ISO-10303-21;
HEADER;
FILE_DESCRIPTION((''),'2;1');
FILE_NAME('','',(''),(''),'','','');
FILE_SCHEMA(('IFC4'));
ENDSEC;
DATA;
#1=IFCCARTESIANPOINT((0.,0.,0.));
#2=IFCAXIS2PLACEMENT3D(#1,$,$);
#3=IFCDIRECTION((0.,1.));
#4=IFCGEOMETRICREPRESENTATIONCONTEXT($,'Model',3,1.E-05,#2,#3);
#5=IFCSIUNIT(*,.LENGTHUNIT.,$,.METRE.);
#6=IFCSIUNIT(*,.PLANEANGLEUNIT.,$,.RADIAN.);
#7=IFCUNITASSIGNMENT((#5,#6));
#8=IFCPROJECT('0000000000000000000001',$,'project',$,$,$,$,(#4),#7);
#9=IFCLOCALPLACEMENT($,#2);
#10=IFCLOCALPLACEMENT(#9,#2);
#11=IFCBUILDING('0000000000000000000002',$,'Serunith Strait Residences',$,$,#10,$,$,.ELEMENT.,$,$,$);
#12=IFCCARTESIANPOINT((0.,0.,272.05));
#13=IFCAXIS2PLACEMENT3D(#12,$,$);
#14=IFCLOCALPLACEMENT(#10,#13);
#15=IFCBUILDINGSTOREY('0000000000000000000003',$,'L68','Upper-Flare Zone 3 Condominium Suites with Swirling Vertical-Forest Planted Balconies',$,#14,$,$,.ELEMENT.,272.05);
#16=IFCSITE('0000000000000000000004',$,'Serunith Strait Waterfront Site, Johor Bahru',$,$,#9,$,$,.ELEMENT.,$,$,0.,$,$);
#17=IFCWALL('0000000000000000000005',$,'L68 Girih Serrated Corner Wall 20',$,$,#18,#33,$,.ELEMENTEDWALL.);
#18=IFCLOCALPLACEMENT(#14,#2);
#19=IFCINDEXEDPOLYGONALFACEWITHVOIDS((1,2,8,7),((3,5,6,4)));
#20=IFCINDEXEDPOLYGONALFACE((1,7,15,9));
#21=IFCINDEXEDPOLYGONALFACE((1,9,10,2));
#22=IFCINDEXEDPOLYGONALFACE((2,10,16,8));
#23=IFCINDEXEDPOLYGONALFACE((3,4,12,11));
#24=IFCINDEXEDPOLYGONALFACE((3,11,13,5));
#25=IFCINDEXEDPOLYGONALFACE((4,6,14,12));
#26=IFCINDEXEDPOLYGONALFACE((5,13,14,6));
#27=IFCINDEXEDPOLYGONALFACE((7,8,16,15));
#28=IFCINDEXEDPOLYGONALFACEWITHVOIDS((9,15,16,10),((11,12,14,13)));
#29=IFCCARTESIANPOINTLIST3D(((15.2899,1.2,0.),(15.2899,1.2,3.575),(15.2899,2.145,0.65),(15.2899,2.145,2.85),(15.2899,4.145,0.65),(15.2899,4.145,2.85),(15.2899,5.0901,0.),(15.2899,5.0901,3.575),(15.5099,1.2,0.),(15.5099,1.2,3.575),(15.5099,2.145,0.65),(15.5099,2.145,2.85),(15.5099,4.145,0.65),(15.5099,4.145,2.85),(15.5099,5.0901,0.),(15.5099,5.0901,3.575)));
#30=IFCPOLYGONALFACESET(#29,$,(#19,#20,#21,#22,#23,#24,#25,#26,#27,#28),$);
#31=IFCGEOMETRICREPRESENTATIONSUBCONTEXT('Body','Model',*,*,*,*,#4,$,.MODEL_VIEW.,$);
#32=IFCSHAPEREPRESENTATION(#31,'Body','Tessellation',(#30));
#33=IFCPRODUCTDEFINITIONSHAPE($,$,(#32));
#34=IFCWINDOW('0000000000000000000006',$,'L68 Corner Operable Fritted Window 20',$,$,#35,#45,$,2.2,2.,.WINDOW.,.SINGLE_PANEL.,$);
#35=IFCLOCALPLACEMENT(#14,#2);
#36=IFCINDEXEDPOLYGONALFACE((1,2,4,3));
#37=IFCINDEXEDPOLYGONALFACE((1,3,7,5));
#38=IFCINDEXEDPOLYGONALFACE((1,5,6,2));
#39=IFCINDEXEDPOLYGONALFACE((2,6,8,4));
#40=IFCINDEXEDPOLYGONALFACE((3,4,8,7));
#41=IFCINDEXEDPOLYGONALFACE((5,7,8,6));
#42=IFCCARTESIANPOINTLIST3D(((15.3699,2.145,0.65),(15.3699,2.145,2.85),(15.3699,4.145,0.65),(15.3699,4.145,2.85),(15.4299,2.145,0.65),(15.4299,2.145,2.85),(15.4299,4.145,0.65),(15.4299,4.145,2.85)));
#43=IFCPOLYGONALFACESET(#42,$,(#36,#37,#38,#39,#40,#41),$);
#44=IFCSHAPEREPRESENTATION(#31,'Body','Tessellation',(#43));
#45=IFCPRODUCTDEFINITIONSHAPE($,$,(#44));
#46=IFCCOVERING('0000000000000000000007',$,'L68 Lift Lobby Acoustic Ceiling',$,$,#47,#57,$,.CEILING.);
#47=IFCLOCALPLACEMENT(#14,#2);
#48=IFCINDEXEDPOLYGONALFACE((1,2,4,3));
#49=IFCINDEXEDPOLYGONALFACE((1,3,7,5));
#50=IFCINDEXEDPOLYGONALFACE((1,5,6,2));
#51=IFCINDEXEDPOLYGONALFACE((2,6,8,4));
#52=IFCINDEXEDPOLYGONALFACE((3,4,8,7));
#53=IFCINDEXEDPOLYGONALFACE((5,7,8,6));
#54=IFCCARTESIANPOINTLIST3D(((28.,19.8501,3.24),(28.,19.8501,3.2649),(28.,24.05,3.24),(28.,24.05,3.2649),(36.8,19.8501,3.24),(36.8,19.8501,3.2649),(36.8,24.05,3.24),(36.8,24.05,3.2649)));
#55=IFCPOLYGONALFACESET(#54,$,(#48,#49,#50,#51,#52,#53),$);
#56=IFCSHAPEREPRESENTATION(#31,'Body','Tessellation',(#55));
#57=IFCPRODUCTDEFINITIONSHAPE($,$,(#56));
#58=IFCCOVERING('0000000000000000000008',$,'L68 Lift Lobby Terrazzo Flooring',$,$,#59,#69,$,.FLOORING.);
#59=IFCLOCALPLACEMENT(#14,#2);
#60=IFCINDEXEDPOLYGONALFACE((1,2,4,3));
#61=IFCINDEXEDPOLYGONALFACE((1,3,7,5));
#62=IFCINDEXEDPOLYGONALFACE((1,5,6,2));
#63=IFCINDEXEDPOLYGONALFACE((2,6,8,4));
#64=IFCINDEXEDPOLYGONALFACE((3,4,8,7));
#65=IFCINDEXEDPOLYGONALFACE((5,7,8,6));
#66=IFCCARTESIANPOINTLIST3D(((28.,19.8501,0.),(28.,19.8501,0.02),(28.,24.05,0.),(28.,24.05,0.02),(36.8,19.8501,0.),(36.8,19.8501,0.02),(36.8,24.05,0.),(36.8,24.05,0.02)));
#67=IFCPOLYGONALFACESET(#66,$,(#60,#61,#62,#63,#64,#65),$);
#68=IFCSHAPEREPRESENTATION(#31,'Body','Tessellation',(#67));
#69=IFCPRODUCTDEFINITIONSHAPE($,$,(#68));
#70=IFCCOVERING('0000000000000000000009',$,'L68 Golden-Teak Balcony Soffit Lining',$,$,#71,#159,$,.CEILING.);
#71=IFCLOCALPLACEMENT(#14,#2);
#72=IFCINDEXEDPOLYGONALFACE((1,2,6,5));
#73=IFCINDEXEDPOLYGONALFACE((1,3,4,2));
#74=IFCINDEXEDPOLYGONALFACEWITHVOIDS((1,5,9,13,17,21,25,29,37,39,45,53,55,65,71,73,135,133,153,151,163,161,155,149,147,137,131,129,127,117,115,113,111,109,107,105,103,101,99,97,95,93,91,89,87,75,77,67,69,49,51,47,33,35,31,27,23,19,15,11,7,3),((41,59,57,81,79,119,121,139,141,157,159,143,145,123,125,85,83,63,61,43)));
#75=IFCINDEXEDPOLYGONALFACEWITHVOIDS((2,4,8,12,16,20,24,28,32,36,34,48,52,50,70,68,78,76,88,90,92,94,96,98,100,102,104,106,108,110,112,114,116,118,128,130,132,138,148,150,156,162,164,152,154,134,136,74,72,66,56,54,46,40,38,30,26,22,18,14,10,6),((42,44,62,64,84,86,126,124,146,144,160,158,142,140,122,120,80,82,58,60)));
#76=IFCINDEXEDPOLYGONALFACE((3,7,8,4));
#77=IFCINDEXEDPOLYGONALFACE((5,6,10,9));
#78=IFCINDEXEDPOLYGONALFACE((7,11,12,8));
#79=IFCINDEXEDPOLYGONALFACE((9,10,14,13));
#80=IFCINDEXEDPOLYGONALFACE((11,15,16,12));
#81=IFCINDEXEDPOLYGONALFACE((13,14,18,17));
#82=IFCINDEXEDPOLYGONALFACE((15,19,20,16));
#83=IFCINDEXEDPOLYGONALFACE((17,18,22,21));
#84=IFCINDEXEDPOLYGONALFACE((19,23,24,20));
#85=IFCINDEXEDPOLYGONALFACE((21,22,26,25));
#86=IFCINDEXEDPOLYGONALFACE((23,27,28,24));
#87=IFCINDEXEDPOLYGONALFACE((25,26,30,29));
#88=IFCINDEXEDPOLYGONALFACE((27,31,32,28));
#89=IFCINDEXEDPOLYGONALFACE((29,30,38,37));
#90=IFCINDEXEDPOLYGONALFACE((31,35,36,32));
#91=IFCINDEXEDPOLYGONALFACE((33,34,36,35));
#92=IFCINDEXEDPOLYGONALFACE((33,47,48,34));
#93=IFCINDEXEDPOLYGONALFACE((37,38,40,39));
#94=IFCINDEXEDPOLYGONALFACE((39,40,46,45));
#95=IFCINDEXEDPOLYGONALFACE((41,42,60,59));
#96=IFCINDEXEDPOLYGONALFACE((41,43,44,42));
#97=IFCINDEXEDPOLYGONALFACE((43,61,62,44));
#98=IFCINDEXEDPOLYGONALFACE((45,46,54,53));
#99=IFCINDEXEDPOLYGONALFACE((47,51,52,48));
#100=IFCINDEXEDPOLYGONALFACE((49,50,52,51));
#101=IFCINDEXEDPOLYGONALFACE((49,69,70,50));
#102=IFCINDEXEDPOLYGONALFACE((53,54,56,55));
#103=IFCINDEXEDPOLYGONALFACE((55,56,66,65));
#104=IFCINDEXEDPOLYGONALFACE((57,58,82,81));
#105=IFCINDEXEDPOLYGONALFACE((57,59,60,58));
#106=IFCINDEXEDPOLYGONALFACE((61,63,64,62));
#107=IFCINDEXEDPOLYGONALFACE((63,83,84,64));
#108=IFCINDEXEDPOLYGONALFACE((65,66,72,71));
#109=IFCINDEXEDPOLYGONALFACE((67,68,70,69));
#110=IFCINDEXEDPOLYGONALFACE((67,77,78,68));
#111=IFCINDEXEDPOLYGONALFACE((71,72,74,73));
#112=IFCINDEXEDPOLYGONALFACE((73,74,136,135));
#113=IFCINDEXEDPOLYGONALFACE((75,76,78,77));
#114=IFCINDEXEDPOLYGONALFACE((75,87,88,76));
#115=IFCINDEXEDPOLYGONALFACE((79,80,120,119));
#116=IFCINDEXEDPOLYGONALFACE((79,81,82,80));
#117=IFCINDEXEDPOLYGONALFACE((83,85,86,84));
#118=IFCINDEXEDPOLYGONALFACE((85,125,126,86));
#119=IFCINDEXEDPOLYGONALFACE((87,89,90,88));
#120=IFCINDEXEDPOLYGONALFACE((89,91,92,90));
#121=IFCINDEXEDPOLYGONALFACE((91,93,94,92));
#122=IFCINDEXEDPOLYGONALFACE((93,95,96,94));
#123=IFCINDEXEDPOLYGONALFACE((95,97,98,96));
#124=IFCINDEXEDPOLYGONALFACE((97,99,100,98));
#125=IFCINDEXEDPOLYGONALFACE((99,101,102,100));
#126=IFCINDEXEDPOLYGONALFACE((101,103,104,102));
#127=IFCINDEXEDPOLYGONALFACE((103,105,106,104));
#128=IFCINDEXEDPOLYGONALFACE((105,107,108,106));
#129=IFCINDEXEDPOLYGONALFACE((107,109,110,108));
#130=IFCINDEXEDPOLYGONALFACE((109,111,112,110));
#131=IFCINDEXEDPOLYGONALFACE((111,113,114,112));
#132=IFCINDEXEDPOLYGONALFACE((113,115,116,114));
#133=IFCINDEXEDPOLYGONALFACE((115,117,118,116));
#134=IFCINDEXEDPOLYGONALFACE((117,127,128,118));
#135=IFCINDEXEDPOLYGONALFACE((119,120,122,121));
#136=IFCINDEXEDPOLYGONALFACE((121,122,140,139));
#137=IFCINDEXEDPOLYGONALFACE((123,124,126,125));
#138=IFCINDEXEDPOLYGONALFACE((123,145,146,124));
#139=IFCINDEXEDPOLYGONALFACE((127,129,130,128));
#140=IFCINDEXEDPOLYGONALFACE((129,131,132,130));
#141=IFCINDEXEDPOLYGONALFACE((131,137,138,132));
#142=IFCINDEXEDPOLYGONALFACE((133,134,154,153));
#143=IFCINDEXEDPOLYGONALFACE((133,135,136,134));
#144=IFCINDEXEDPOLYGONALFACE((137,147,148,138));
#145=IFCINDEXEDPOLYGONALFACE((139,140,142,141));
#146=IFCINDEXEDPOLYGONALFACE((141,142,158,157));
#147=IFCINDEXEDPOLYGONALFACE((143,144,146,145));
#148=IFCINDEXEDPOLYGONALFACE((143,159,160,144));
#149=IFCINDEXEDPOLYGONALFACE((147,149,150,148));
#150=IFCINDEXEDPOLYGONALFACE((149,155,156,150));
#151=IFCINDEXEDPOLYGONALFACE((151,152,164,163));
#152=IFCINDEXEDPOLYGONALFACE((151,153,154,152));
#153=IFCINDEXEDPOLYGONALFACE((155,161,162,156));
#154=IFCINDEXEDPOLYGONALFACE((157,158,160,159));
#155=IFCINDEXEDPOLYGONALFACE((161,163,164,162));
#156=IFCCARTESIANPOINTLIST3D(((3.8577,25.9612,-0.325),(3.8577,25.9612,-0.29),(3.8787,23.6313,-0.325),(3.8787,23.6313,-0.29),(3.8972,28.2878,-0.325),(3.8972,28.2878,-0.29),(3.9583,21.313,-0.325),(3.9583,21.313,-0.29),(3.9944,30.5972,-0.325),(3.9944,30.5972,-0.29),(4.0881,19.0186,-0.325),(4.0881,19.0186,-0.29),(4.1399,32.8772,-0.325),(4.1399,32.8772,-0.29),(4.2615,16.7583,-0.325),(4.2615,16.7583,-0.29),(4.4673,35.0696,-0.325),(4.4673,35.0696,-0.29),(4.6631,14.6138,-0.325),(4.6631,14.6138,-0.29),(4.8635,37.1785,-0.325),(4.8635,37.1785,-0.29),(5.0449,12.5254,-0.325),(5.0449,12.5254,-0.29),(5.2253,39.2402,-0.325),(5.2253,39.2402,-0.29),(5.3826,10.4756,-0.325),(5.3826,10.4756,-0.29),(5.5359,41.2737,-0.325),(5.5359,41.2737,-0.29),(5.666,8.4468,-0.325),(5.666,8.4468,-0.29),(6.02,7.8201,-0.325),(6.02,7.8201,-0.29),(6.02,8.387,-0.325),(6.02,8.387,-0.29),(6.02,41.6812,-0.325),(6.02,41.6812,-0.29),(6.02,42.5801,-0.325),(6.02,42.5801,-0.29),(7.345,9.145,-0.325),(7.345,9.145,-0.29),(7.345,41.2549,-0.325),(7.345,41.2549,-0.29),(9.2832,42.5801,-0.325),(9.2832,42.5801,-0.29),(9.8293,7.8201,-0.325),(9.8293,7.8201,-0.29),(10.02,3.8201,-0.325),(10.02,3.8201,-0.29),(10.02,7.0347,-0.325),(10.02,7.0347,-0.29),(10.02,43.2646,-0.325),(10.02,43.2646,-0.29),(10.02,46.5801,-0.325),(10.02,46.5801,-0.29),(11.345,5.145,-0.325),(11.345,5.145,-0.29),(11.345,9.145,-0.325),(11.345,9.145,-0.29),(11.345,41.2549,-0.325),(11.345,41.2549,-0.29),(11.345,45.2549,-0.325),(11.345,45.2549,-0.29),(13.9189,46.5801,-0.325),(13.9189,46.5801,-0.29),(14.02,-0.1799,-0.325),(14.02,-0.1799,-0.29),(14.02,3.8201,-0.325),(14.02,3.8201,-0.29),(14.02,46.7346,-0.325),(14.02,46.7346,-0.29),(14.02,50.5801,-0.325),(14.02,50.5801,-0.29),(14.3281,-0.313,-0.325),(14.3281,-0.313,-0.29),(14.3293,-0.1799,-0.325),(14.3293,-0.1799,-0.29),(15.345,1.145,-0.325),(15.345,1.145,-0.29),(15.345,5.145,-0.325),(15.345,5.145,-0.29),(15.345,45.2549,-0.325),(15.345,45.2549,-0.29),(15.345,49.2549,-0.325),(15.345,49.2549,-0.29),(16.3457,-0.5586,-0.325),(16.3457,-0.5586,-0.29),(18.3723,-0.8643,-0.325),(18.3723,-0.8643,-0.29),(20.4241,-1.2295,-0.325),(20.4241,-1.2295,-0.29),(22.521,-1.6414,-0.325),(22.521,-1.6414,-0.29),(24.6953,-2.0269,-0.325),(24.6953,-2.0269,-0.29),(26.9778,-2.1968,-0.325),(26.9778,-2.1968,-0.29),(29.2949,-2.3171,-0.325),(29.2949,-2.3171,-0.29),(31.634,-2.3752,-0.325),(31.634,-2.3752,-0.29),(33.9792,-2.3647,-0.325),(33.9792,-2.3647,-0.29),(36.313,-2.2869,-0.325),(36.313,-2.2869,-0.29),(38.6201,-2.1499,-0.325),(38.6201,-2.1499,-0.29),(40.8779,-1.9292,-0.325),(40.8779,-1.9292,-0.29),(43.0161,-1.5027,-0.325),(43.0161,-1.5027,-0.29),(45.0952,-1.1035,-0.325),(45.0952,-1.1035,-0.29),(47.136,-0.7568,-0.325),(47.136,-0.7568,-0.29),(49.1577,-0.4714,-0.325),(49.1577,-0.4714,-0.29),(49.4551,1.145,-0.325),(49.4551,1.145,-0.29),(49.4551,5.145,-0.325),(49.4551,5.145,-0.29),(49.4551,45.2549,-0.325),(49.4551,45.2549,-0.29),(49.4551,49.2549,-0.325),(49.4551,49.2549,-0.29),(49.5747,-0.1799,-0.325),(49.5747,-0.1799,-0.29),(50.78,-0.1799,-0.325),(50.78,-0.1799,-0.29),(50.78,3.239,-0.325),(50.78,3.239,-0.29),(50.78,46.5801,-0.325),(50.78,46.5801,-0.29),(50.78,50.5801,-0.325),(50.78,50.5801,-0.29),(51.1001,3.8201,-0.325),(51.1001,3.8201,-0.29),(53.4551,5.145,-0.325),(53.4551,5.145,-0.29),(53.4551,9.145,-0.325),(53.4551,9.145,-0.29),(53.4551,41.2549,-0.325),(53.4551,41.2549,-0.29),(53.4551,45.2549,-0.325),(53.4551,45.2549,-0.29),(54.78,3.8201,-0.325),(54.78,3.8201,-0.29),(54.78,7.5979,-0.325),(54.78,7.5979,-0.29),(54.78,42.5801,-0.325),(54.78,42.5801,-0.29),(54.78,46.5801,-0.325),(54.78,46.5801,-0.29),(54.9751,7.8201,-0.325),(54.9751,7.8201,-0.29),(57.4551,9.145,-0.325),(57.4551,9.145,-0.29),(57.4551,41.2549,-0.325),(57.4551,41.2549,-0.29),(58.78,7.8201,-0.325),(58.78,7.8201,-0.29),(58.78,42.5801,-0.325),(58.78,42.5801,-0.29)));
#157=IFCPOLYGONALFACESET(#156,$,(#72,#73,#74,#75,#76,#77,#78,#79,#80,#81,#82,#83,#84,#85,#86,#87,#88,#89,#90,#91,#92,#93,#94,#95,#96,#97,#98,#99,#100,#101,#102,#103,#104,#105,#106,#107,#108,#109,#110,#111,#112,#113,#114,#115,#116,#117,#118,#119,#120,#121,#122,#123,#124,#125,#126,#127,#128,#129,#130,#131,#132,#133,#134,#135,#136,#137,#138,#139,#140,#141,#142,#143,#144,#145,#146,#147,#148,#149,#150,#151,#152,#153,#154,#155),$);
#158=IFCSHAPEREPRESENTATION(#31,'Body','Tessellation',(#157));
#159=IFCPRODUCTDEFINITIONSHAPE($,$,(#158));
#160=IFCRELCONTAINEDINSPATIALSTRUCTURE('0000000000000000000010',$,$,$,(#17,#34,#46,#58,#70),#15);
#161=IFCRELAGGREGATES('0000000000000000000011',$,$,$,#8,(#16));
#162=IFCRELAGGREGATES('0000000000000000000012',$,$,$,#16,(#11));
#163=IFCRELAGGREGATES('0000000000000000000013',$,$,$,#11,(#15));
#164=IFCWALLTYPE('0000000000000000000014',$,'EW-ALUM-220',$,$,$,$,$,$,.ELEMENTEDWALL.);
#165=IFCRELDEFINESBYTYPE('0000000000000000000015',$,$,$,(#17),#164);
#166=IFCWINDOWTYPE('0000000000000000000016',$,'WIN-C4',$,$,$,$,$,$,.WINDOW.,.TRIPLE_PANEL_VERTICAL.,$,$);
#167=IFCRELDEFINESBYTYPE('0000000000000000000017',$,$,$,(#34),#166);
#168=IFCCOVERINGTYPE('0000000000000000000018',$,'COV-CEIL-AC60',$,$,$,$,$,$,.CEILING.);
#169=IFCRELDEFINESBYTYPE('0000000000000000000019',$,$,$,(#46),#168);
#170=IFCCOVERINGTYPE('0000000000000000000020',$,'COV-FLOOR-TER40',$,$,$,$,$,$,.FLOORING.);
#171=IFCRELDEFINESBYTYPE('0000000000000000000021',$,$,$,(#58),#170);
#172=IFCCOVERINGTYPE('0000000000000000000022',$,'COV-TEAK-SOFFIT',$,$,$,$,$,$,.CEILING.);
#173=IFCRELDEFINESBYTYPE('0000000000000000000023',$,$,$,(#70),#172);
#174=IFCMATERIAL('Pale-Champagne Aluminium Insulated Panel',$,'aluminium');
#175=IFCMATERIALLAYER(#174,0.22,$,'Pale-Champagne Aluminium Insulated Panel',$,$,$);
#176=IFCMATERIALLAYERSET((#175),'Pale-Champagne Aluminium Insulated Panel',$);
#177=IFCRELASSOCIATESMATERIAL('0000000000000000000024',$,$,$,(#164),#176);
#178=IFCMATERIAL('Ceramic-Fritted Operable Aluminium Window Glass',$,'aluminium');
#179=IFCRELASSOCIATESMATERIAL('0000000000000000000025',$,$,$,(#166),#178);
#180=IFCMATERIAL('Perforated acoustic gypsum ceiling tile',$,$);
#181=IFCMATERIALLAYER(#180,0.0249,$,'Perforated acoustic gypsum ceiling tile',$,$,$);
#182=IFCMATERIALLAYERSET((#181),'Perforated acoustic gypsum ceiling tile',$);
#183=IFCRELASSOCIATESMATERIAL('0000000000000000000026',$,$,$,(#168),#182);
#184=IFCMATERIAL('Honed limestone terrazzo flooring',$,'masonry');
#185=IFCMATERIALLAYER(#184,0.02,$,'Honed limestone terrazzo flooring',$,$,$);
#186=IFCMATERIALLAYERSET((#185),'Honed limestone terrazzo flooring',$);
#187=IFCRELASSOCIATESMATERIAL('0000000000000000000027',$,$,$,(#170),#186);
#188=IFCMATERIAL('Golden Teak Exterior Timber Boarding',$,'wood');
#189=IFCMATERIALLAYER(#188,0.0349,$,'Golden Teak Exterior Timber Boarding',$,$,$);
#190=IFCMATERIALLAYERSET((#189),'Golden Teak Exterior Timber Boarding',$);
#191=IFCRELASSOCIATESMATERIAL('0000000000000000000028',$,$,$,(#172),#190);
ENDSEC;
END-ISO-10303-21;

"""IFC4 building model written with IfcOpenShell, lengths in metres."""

from ifc_helpers import new_model, si_unit, direction, frame, frame_2d, origin, place, context, subcontext, project, spatial, polyline, rectangle, outline, extrude, source, transform, mapped, material, layer, layer_set, type_object, element, fill, save


model = new_model("IFC4")

# Units and contexts
model_context = context("Model", 3, precision=1e-05, world=origin(), true_north=direction((0.0, 1.0)))
body_context = subcontext(model_context, "Body", "Model", "MODEL_VIEW")
ifc_project = project(units=[si_unit("LENGTHUNIT", "METRE"), si_unit("PLANEANGLEUNIT", "RADIAN")], contexts=[model_context])

# Site, building, storey
site_placement = place(None, origin())
site = spatial("IfcSite", under=ifc_project, at=site_placement, Name="Serunith Strait Waterfront Site, Johor Bahru", CompositionType="ELEMENT", RefElevation=0.0)
building_placement = place(site_placement, origin())
building = spatial("IfcBuilding", under=site, at=building_placement, Name="Serunith Strait Residences", CompositionType="ELEMENT")
storey_placement = place(building_placement, frame((0.0, 0.0, 272.05)))
storey = spatial("IfcBuildingStorey", under=building, at=storey_placement, Name="L68", Description="Upper-Flare Zone 3 Condominium Suites with Swirling Vertical-Forest Planted Balconies", CompositionType="ELEMENT", Elevation=272.05)

# Wall, opening, window
ifc_material_1 = material(Name="Pale-Champagne Aluminium Insulated Panel", Category="aluminium")
ifc_layer_1 = layer(ifc_material_1, 0.22, Name="Pale-Champagne Aluminium Insulated Panel")
ifc_layer_set_1 = layer_set([ifc_layer_1], Name="Pale-Champagne Aluminium Insulated Panel")
wall_type = type_object("IfcWallType", Name="EW-ALUM-220", PredefinedType="ELEMENTEDWALL", material=ifc_layer_set_1)
ifc_material_2 = material(Name="Ceramic-Fritted Operable Aluminium Window Glass", Category="aluminium")
window_type = type_object("IfcWindowType", Name="WIN-C4", PartitioningType="TRIPLE_PANEL_VERTICAL", PredefinedType="WINDOW", material=ifc_material_2)
shared_shape_1 = source(origin(), body_context, "Body", "SweptSolid", [
    extrude(rectangle(XDim=2.0, YDim=2.2, at=frame_2d((1.0, 1.1001))), frame((0.0, 0.03, 0.0), z_axis=(0.0, -1.0, 0.0), x_axis=(1.0, 0.0, 0.0)), (0.0, 0.0, 1.0), 0.0601),
])
wall_1_placement = place(storey_placement, frame((15.3999, 5.0901, 0.0), z_axis=(0.0, 0.0, 1.0), x_axis=(0.0, -1.0, 0.0)))
wall_1 = element("IfcWall", 1, at=wall_1_placement, inside=storey, type_object=wall_type, Name="L68 Girih Serrated Corner Wall 20", PredefinedType="ELEMENTEDWALL", context=body_context, shape_type="SweptSolid", body=[
    extrude(rectangle(XDim=3.8901, YDim=0.22, at=frame_2d((1.9451, 0.0))), origin(), (0.0, 0.0, 1.0), 3.575),
])
opening_1_placement = place(wall_1_placement, frame((0.9451, 0.0, 0.6499)))
opening_1 = element("IfcOpeningElement", 2, at=opening_1_placement, cuts=wall_1, PredefinedType="OPENING", context=body_context, shape_type="SweptSolid", body=[
    extrude(rectangle(XDim=2.0, YDim=2.2, at=frame_2d((1.0, 1.1001))), frame((0.0, 0.1201, 0.0), z_axis=(0.0, -1.0, 0.0), x_axis=(1.0, 0.0, 0.0)), (0.0, 0.0, 1.0), 0.24),
])
window_1_placement = place(opening_1_placement, origin())
window_1 = element("IfcWindow", 3, at=window_1_placement, inside=storey, type_object=window_type, Name="L68 Corner Operable Fritted Window 20", OverallHeight=2.2, OverallWidth=2.0, PartitioningType="SINGLE_PANEL", PredefinedType="WINDOW", context=body_context, shape_type="MappedRepresentation", body=[
    mapped(shared_shape_1, transform((0.0, 0.0, 0.0), scale=1.0)),
])
fill(opening_1, window_1)

# Coverings
ifc_material_3 = material(Name="Perforated acoustic gypsum ceiling tile")
ifc_layer_2 = layer(ifc_material_3, 0.0249, Name="Perforated acoustic gypsum ceiling tile")
ifc_layer_set_2 = layer_set([ifc_layer_2], Name="Perforated acoustic gypsum ceiling tile")
covering_type_1 = type_object("IfcCoveringType", Name="COV-CEIL-AC60", PredefinedType="CEILING", material=ifc_layer_set_2)
covering_1_placement = place(storey_placement, frame((0.0, 0.0, 3.24)))
element("IfcCovering", 4, at=covering_1_placement, inside=storey, type_object=covering_type_1, Name="L68 Lift Lobby Acoustic Ceiling", PredefinedType="CEILING", context=body_context, shape_type="SweptSolid", body=[
    extrude(outline(polyline([(28.0, 19.8501), (36.8, 19.8501), (36.8, 24.05), (28.0, 24.05), (28.0, 19.8501)])), origin(), (0.0, 0.0, 1.0), 0.0249),
])
ifc_material_4 = material(Name="Honed limestone terrazzo flooring", Category="masonry")
ifc_layer_3 = layer(ifc_material_4, 0.02, Name="Honed limestone terrazzo flooring")
ifc_layer_set_3 = layer_set([ifc_layer_3], Name="Honed limestone terrazzo flooring")
covering_type_2 = type_object("IfcCoveringType", Name="COV-FLOOR-TER40", PredefinedType="FLOORING", material=ifc_layer_set_3)
covering_2_placement = place(storey_placement, origin())
element("IfcCovering", 5, at=covering_2_placement, inside=storey, type_object=covering_type_2, Name="L68 Lift Lobby Terrazzo Flooring", PredefinedType="FLOORING", context=body_context, shape_type="SweptSolid", body=[
    extrude(outline(polyline([(28.0, 19.8501), (36.8, 19.8501), (36.8, 24.05), (28.0, 24.05), (28.0, 19.8501)])), origin(), (0.0, 0.0, 1.0), 0.02),
])
ifc_material_5 = material(Name="Golden Teak Exterior Timber Boarding", Category="wood")
ifc_layer_4 = layer(ifc_material_5, 0.0349, Name="Golden Teak Exterior Timber Boarding")
ifc_layer_set_4 = layer_set([ifc_layer_4], Name="Golden Teak Exterior Timber Boarding")
covering_type_3 = type_object("IfcCoveringType", Name="COV-TEAK-SOFFIT", PredefinedType="CEILING", material=ifc_layer_set_4)
covering_3_placement = place(storey_placement, frame((0.0, 0.0, -0.325)))
element("IfcCovering", 6, at=covering_3_placement, inside=storey, type_object=covering_type_3, Name="L68 Golden-Teak Balcony Soffit Lining", PredefinedType="CEILING", context=body_context, shape_type="SweptSolid", body=[
    extrude(outline(polyline([(14.02, -0.1799), (14.02, 3.8201), (10.02, 3.8201), (10.02, 7.0347), (9.8293, 7.8201), (6.02, 7.8201), (6.02, 8.387), (5.666, 8.4468), (5.3826, 10.4756), (5.0449, 12.5254), (4.6631, 14.6138), (4.2615, 16.7583), (4.0881, 19.0186), (3.9583, 21.313), (3.8787, 23.6313), (3.8577, 25.9612), (3.8972, 28.2878), (3.9944, 30.5972), (4.1399, 32.8772), (4.4673, 35.0696), (4.8635, 37.1785), (5.2253, 39.2402), (5.5359, 41.2737), (6.02, 41.6812), (6.02, 42.5801), (9.2832, 42.5801), (10.02, 43.2646), (10.02, 46.5801), (13.9189, 46.5801), (14.02, 46.7346), (14.02, 50.5801), (50.78, 50.5801), (50.78, 46.5801), (54.78, 46.5801), (54.78, 42.5801), (58.78, 42.5801), (58.78, 7.8201), (54.9751, 7.8201), (54.78, 7.5979), (54.78, 3.8201), (51.1001, 3.8201), (50.78, 3.239), (50.78, -0.1799), (49.5747, -0.1799), (49.1577, -0.4714), (47.136, -0.7568), (45.0952, -1.1035), (43.0161, -1.5027), (40.8779, -1.9292), (38.6201, -2.1499), (36.313, -2.2869), (33.9792, -2.3647), (31.634, -2.3752), (29.2949, -2.3171), (26.9778, -2.1968), (24.6953, -2.0269), (22.521, -1.6414), (20.4241, -1.2295), (18.3723, -0.8643), (16.3457, -0.5586), (14.3281, -0.313), (14.3293, -0.1799), (14.02, -0.1799)]), holes=[polyline([(49.4551, 1.145), (49.4551, 5.145), (53.4551, 5.145), (53.4551, 9.145), (57.4551, 9.145), (57.4551, 41.2549), (53.4551, 41.2549), (53.4551, 45.2549), (49.4551, 45.2549), (49.4551, 49.2549), (15.345, 49.2549), (15.345, 45.2549), (11.345, 45.2549), (11.345, 41.2549), (7.345, 41.2549), (7.345, 9.145), (11.345, 9.145), (11.345, 5.145), (15.345, 5.145), (15.345, 1.145), (49.4551, 1.145)])]), origin(), (0.0, 0.0, 1.0), 0.0349),
])

save(model, "model.ifc")
